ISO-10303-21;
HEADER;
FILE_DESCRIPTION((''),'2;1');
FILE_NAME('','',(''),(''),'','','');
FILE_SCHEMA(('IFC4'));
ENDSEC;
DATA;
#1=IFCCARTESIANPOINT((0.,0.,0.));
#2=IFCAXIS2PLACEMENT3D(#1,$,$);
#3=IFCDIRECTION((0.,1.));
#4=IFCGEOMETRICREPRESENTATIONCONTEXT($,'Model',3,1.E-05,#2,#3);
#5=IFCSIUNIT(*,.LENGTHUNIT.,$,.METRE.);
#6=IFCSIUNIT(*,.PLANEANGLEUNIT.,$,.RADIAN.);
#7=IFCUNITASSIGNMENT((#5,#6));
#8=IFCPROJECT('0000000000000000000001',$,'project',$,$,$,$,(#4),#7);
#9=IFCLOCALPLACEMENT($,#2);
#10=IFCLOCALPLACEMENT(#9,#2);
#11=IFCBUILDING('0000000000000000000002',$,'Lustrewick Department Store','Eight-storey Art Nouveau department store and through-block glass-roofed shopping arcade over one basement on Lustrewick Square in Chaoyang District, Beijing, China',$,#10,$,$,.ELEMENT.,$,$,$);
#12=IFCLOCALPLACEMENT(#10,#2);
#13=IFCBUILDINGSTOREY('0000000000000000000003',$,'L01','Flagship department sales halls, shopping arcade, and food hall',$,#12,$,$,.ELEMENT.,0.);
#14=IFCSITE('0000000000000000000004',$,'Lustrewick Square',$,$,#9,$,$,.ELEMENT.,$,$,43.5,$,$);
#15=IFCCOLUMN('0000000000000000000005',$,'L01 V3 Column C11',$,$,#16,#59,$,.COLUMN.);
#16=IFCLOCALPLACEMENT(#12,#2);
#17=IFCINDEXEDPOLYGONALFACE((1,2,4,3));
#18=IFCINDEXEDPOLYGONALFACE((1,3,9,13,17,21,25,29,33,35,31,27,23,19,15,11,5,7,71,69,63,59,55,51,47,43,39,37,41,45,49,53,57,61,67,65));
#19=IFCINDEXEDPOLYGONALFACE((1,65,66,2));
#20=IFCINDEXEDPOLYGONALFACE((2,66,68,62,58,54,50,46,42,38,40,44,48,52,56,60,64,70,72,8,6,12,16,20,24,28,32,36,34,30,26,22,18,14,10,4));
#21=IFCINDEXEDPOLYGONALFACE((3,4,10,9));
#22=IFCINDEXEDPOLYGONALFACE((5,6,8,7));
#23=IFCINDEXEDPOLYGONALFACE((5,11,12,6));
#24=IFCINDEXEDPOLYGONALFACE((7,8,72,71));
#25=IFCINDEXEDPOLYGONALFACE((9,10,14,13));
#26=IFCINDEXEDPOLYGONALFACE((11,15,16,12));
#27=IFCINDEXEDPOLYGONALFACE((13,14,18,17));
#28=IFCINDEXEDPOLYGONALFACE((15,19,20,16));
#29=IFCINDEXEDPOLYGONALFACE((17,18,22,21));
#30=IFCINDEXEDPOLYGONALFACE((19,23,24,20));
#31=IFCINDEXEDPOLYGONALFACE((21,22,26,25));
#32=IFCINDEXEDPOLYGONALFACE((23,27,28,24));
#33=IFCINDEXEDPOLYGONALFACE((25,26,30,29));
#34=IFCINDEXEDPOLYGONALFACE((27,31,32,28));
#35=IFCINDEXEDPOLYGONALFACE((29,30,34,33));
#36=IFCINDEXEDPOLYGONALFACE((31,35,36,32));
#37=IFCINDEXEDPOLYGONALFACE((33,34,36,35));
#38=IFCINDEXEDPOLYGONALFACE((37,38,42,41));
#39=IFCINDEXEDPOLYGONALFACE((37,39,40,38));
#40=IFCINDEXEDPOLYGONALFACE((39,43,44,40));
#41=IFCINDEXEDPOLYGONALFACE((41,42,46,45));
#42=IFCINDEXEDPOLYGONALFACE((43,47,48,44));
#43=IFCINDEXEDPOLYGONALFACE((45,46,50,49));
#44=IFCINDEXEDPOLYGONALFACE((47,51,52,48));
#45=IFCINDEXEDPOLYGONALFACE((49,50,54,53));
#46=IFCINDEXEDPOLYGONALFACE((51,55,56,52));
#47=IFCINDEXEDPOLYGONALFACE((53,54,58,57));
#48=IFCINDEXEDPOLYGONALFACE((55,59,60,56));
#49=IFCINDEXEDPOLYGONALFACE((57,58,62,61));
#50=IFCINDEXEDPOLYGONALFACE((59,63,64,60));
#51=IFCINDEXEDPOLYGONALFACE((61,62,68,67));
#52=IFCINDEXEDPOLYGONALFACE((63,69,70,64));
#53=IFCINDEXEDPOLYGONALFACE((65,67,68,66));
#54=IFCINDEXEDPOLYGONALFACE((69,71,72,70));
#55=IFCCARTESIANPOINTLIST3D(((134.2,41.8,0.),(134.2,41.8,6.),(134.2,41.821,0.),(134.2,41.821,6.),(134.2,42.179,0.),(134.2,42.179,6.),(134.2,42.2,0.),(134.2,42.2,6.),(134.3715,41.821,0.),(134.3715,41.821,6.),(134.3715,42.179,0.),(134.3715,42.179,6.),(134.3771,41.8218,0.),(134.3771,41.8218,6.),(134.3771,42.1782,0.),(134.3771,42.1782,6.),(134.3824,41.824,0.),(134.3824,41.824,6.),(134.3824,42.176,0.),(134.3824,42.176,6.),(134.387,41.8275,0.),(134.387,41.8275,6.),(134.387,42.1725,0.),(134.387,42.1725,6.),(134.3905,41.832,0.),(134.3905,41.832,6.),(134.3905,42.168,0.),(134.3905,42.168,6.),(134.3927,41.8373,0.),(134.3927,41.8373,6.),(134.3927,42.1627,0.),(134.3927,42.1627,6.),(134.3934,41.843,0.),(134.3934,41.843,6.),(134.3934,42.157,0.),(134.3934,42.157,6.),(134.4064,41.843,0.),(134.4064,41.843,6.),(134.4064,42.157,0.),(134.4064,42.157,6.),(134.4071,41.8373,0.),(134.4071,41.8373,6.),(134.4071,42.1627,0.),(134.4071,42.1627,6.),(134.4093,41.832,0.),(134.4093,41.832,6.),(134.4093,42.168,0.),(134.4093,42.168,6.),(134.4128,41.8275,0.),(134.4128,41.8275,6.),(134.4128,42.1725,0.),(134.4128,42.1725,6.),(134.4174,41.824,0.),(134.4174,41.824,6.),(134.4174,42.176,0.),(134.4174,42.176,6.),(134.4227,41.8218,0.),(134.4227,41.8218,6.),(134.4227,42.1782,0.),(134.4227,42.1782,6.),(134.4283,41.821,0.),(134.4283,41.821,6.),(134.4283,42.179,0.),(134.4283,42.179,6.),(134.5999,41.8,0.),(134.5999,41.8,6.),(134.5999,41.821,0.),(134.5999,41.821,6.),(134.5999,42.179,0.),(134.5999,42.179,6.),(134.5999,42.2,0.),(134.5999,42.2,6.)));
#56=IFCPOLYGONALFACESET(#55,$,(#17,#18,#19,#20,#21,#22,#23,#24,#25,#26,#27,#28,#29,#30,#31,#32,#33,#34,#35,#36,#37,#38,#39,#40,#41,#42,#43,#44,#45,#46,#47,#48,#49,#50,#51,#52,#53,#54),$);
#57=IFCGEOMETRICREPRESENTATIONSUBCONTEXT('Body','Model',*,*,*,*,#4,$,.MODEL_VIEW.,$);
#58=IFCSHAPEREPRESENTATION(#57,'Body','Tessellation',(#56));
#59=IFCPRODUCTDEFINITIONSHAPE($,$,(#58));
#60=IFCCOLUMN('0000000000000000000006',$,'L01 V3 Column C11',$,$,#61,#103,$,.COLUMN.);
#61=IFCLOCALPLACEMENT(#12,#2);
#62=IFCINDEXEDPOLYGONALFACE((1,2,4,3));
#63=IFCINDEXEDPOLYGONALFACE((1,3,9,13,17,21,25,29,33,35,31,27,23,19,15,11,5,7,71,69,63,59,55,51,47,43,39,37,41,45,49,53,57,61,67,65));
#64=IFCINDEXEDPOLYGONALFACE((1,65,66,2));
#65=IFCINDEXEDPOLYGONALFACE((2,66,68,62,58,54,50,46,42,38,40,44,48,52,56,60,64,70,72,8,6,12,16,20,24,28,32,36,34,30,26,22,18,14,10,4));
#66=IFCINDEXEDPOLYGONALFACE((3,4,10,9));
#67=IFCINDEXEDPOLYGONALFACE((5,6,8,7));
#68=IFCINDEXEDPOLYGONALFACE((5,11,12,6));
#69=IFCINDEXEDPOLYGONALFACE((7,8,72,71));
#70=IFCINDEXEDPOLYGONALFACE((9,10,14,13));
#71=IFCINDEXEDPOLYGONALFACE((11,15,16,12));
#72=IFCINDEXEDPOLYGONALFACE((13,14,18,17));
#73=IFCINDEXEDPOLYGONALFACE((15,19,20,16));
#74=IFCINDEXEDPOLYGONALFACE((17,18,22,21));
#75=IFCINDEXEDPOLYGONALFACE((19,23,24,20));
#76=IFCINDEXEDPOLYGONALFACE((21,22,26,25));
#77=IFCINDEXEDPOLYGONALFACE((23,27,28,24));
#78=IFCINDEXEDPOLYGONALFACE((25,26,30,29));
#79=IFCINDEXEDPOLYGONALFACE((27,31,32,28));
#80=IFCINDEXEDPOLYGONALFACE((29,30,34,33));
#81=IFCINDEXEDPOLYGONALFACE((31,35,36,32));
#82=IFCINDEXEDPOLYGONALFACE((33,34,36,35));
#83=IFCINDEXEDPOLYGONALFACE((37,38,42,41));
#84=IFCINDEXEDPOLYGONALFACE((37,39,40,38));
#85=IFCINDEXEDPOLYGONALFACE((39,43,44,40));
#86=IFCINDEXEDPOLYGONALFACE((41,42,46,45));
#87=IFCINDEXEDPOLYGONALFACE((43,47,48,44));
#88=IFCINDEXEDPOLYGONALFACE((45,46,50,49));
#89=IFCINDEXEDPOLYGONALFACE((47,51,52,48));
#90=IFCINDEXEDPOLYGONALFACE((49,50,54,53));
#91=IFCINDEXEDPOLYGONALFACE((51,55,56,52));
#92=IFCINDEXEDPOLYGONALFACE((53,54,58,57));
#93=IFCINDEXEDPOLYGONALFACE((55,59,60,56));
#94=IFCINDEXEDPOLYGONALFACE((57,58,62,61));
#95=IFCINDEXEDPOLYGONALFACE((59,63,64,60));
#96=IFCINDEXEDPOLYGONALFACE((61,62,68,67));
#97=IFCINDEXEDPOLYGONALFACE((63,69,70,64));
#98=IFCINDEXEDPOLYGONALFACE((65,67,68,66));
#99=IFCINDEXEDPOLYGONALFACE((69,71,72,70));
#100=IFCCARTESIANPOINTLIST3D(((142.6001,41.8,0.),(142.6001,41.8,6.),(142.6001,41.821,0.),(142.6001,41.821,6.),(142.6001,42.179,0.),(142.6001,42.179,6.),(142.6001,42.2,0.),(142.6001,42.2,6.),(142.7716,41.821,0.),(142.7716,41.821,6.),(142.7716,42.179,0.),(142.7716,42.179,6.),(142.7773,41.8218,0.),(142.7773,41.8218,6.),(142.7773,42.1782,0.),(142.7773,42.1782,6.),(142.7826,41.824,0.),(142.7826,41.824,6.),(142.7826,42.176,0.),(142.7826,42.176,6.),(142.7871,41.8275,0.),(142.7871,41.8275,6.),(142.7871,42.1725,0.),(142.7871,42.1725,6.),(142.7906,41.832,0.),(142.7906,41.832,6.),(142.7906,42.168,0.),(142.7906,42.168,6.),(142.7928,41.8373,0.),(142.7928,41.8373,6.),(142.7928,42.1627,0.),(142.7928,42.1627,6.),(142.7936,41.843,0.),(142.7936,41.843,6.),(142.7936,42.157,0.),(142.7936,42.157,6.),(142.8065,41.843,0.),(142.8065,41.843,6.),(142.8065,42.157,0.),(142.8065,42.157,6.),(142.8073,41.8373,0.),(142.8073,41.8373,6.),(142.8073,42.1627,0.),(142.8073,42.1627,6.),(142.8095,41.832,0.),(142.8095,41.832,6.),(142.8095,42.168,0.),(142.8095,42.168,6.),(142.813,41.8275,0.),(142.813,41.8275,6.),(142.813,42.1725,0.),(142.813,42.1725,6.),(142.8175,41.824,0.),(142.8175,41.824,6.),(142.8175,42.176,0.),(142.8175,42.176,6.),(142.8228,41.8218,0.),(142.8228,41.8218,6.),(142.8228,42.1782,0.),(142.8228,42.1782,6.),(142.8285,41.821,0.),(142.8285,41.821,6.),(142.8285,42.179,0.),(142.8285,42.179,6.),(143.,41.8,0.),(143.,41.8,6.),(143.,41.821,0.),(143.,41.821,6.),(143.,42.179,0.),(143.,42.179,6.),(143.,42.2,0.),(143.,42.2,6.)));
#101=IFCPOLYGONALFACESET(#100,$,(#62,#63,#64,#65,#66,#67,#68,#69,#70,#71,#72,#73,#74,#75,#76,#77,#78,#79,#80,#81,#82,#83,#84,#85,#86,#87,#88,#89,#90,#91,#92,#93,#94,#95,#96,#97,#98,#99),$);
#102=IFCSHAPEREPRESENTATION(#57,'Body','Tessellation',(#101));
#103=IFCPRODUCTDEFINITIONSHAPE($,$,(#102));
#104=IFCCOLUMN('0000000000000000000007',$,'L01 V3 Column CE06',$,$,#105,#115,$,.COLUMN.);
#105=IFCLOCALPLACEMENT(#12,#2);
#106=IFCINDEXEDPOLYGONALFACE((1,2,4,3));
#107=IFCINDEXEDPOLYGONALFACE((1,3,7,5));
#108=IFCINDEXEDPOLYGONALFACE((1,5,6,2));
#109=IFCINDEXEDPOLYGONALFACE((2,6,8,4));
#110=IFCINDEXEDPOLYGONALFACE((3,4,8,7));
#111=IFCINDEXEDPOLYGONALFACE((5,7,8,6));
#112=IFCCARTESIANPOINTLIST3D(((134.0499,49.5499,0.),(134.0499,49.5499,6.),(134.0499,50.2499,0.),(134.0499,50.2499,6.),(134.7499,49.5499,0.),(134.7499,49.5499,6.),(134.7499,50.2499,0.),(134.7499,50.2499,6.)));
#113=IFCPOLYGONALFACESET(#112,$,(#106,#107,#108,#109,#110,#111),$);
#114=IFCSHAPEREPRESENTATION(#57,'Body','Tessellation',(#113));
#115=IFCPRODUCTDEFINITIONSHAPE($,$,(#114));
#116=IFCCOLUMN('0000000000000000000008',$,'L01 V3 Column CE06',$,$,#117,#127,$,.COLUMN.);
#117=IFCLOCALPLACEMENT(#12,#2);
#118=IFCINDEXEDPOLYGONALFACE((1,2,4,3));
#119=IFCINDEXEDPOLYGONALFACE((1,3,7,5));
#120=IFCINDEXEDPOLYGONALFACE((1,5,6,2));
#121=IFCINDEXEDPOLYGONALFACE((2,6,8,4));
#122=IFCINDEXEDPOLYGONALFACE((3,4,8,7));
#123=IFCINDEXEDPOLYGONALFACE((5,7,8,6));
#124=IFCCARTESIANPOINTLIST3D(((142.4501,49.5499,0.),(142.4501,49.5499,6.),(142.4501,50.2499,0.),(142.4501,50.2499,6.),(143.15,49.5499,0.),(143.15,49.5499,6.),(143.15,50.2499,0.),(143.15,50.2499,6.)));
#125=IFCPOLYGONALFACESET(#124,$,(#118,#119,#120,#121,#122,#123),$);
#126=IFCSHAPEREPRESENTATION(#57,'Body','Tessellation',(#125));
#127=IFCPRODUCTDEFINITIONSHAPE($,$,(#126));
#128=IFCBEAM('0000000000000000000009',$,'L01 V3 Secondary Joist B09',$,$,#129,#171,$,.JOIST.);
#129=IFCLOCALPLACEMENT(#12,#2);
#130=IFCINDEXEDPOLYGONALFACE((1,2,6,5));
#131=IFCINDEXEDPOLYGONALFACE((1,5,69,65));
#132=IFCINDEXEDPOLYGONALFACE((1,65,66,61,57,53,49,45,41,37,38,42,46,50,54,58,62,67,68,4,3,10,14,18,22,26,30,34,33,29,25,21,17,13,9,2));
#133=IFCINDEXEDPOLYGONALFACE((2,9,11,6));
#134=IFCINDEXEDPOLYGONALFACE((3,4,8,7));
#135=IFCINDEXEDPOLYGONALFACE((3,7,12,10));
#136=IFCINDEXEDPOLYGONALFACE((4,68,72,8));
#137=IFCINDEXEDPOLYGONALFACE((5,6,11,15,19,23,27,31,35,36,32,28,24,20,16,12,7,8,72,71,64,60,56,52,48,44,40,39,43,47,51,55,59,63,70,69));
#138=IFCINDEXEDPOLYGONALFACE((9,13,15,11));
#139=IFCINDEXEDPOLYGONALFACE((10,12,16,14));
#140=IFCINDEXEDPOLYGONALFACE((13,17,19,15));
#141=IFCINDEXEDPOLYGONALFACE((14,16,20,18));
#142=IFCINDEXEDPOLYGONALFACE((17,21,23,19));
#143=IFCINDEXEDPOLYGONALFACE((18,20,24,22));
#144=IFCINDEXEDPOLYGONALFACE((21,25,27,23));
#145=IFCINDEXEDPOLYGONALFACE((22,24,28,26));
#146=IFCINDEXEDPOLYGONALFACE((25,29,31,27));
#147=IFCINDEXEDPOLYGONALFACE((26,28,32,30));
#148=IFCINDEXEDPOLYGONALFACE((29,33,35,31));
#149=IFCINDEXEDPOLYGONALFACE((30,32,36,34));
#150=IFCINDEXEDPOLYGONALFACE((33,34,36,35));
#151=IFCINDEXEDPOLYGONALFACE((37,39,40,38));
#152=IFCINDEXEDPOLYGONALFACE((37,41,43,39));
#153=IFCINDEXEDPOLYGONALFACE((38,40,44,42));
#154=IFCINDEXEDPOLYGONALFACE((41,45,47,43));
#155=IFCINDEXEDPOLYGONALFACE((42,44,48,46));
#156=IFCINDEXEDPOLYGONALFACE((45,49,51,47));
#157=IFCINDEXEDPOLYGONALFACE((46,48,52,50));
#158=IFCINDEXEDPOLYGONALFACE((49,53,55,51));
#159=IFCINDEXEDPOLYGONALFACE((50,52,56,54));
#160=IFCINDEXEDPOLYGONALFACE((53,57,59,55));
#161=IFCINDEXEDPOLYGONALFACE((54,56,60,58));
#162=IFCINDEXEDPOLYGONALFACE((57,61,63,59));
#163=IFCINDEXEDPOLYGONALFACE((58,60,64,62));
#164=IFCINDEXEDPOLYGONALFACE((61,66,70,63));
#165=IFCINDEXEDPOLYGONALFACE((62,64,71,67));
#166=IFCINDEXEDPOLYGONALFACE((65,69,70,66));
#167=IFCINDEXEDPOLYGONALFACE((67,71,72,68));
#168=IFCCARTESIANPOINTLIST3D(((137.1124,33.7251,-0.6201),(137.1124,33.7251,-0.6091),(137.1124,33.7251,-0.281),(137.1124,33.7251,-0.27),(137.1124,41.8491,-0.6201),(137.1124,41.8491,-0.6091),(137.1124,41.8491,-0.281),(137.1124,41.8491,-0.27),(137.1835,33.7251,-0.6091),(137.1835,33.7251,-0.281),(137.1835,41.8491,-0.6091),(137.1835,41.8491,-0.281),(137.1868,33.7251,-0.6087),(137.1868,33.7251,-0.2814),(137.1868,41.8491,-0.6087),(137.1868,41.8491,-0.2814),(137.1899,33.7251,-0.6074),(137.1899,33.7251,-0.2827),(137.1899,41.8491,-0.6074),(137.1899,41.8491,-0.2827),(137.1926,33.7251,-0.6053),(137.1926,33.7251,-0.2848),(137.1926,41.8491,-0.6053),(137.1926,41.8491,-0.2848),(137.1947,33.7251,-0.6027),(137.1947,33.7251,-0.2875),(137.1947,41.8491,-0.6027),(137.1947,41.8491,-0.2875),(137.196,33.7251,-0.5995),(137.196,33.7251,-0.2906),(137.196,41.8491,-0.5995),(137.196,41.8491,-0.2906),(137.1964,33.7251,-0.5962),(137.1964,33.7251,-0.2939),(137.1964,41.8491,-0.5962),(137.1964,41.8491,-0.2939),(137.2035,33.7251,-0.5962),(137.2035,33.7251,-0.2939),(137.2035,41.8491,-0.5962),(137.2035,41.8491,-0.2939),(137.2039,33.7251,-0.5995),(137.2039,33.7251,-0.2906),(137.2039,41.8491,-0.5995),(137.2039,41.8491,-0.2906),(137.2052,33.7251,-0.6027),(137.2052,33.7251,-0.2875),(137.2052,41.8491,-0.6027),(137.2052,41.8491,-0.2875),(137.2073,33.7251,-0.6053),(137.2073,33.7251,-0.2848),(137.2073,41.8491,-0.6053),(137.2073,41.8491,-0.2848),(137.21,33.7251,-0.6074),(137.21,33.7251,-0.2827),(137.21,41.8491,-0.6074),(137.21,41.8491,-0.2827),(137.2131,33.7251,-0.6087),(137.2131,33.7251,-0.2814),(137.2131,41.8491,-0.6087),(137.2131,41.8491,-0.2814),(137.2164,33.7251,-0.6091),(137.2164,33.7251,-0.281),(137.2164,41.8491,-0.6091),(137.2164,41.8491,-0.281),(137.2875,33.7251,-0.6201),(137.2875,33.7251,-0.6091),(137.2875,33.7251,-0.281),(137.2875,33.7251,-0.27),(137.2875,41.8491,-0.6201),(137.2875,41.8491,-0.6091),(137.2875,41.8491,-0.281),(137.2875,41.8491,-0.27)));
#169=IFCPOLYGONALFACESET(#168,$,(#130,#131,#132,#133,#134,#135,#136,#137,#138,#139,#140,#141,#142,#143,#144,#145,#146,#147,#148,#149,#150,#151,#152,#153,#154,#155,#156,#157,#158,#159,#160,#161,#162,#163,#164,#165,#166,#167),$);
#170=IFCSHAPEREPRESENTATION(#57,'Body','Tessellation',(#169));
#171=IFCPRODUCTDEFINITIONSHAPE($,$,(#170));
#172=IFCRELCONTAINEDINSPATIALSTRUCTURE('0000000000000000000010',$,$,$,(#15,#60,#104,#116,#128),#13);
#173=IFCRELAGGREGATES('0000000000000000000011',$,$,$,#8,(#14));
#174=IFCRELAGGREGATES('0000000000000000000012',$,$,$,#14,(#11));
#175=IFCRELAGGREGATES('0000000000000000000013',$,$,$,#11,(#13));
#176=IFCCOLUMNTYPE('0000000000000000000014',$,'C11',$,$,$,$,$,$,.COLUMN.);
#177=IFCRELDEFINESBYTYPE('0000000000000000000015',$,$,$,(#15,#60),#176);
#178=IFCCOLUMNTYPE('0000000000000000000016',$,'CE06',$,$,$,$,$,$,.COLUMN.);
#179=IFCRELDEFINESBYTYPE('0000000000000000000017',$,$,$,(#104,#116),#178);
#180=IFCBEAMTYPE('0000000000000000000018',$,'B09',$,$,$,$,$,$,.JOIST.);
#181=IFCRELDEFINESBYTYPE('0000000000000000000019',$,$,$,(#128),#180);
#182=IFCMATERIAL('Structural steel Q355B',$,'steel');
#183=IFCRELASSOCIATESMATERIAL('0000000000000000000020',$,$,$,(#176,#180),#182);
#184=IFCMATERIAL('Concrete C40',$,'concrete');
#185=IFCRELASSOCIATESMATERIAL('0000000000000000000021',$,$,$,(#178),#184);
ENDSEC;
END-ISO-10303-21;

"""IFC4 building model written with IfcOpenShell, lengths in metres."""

from ifc_helpers import new_model, si_unit, direction, frame, origin, origin_2d, place, context, subcontext, project, spatial, rectangle, i_section, extrude, material, material_profile, profile_set, type_object, element, save


model = new_model("IFC4")

# Units and contexts
model_context = context("Model", 3, precision=1e-05, world=origin(), true_north=direction((0.0, 1.0)))
body_context = subcontext(model_context, "Body", "Model", "MODEL_VIEW")
ifc_project = project(units=[si_unit("LENGTHUNIT", "METRE"), si_unit("PLANEANGLEUNIT", "RADIAN")], contexts=[model_context])

# Site, building, storey
site_placement = place(None, origin())
site = spatial("IfcSite", under=ifc_project, at=site_placement, Name="Lustrewick Square", CompositionType="ELEMENT", RefElevation=43.5)
building_placement = place(site_placement, origin())
building = spatial("IfcBuilding", under=site, at=building_placement, Name="Lustrewick Department Store", Description="Eight-storey Art Nouveau department store and through-block glass-roofed shopping arcade over one basement on Lustrewick Square in Chaoyang District, Beijing, China", CompositionType="ELEMENT")
storey_placement = place(building_placement, origin())
storey = spatial("IfcBuildingStorey", under=building, at=storey_placement, Name="L01", Description="Flagship department sales halls, shopping arcade, and food hall", CompositionType="ELEMENT", Elevation=0.0)

# Columns
ifc_material_1 = material(Name="Structural steel Q355B", Category="steel")
ifc_material_profile_1 = material_profile(ifc_material_1, i_section(OverallWidth=0.3999, OverallDepth=0.3999, WebThickness=0.0129, FlangeThickness=0.021, FilletRadius=0.022, at=origin_2d()), Name="HW 400x400x13x21")
ifc_profile_set_1 = profile_set([ifc_material_profile_1], Name="Structural steel Q355B")
column_type_1 = type_object("IfcColumnType", Name="C11", PredefinedType="COLUMN", material=ifc_profile_set_1)
for number, where, z_axis, x_axis, name in (
    (1, (134.3999, 42.0, 0.0), (0.0, 0.0, 1.0), (1.0, 0.0, 0.0), "L01 V3 Column C11"),
    (2, (142.8, 42.0, 0.0), (0.0, 0.0, 1.0), (1.0, 0.0, 0.0), "L01 V3 Column C11"),
):
    element("IfcColumn", number, at=place(storey_placement, frame(where, z_axis=z_axis, x_axis=x_axis)), inside=storey, type_object=column_type_1, Name=name, PredefinedType="COLUMN", context=body_context, shape_type="SweptSolid", body=[
        extrude(i_section(OverallWidth=0.3999, OverallDepth=0.3999, WebThickness=0.0129, FlangeThickness=0.021, FilletRadius=0.022, at=origin_2d()), origin(), (0.0, 0.0, 1.0), 6.0),
    ])
ifc_material_2 = material(Name="Concrete C40", Category="concrete")
ifc_material_profile_2 = material_profile(ifc_material_2, rectangle(XDim=0.7, YDim=0.7, at=origin_2d()), Name="RC 700x700")
ifc_profile_set_2 = profile_set([ifc_material_profile_2], Name="Concrete C40")
column_type_2 = type_object("IfcColumnType", Name="CE06", PredefinedType="COLUMN", material=ifc_profile_set_2)
for number, where, z_axis, x_axis, name in (
    (3, (134.3999, 49.8999, 0.0), (0.0, 0.0, 1.0), (1.0, 0.0, 0.0), "L01 V3 Column CE06"),
    (4, (142.8, 49.8999, 0.0), (0.0, 0.0, 1.0), (1.0, 0.0, 0.0), "L01 V3 Column CE06"),
):
    element("IfcColumn", number, at=place(storey_placement, frame(where, z_axis=z_axis, x_axis=x_axis)), inside=storey, type_object=column_type_2, Name=name, PredefinedType="COLUMN", context=body_context, shape_type="SweptSolid", body=[
        extrude(rectangle(XDim=0.7, YDim=0.7, at=origin_2d()), origin(), (0.0, 0.0, 1.0), 6.0),
    ])

# Beam
ifc_material_profile_3 = material_profile(ifc_material_1, i_section(OverallWidth=0.175, OverallDepth=0.3501, WebThickness=0.0071, FlangeThickness=0.011, FilletRadius=0.0129, at=origin_2d()), Name="HN 350x175x7x11")
ifc_profile_set_3 = profile_set([ifc_material_profile_3], Name="Structural steel Q355B")
beam_type_1 = type_object("IfcBeamType", Name="B09", PredefinedType="JOIST", material=ifc_profile_set_3)
beam_1_placement = place(storey_placement, frame((137.2, 33.7251, -0.4451), z_axis=(0.0, 1.0, 0.0), x_axis=(-1.0, 0.0, 0.0)))
element("IfcBeam", 5, at=beam_1_placement, inside=storey, type_object=beam_type_1, Name="L01 V3 Secondary Joist B09", PredefinedType="JOIST", context=body_context, shape_type="SweptSolid", body=[
    extrude(i_section(OverallWidth=0.175, OverallDepth=0.3501, WebThickness=0.0071, FlangeThickness=0.011, FilletRadius=0.0129, at=origin_2d()), origin(), (0.0, 0.0, 1.0), 8.124),
])

save(model, "model.ifc")
